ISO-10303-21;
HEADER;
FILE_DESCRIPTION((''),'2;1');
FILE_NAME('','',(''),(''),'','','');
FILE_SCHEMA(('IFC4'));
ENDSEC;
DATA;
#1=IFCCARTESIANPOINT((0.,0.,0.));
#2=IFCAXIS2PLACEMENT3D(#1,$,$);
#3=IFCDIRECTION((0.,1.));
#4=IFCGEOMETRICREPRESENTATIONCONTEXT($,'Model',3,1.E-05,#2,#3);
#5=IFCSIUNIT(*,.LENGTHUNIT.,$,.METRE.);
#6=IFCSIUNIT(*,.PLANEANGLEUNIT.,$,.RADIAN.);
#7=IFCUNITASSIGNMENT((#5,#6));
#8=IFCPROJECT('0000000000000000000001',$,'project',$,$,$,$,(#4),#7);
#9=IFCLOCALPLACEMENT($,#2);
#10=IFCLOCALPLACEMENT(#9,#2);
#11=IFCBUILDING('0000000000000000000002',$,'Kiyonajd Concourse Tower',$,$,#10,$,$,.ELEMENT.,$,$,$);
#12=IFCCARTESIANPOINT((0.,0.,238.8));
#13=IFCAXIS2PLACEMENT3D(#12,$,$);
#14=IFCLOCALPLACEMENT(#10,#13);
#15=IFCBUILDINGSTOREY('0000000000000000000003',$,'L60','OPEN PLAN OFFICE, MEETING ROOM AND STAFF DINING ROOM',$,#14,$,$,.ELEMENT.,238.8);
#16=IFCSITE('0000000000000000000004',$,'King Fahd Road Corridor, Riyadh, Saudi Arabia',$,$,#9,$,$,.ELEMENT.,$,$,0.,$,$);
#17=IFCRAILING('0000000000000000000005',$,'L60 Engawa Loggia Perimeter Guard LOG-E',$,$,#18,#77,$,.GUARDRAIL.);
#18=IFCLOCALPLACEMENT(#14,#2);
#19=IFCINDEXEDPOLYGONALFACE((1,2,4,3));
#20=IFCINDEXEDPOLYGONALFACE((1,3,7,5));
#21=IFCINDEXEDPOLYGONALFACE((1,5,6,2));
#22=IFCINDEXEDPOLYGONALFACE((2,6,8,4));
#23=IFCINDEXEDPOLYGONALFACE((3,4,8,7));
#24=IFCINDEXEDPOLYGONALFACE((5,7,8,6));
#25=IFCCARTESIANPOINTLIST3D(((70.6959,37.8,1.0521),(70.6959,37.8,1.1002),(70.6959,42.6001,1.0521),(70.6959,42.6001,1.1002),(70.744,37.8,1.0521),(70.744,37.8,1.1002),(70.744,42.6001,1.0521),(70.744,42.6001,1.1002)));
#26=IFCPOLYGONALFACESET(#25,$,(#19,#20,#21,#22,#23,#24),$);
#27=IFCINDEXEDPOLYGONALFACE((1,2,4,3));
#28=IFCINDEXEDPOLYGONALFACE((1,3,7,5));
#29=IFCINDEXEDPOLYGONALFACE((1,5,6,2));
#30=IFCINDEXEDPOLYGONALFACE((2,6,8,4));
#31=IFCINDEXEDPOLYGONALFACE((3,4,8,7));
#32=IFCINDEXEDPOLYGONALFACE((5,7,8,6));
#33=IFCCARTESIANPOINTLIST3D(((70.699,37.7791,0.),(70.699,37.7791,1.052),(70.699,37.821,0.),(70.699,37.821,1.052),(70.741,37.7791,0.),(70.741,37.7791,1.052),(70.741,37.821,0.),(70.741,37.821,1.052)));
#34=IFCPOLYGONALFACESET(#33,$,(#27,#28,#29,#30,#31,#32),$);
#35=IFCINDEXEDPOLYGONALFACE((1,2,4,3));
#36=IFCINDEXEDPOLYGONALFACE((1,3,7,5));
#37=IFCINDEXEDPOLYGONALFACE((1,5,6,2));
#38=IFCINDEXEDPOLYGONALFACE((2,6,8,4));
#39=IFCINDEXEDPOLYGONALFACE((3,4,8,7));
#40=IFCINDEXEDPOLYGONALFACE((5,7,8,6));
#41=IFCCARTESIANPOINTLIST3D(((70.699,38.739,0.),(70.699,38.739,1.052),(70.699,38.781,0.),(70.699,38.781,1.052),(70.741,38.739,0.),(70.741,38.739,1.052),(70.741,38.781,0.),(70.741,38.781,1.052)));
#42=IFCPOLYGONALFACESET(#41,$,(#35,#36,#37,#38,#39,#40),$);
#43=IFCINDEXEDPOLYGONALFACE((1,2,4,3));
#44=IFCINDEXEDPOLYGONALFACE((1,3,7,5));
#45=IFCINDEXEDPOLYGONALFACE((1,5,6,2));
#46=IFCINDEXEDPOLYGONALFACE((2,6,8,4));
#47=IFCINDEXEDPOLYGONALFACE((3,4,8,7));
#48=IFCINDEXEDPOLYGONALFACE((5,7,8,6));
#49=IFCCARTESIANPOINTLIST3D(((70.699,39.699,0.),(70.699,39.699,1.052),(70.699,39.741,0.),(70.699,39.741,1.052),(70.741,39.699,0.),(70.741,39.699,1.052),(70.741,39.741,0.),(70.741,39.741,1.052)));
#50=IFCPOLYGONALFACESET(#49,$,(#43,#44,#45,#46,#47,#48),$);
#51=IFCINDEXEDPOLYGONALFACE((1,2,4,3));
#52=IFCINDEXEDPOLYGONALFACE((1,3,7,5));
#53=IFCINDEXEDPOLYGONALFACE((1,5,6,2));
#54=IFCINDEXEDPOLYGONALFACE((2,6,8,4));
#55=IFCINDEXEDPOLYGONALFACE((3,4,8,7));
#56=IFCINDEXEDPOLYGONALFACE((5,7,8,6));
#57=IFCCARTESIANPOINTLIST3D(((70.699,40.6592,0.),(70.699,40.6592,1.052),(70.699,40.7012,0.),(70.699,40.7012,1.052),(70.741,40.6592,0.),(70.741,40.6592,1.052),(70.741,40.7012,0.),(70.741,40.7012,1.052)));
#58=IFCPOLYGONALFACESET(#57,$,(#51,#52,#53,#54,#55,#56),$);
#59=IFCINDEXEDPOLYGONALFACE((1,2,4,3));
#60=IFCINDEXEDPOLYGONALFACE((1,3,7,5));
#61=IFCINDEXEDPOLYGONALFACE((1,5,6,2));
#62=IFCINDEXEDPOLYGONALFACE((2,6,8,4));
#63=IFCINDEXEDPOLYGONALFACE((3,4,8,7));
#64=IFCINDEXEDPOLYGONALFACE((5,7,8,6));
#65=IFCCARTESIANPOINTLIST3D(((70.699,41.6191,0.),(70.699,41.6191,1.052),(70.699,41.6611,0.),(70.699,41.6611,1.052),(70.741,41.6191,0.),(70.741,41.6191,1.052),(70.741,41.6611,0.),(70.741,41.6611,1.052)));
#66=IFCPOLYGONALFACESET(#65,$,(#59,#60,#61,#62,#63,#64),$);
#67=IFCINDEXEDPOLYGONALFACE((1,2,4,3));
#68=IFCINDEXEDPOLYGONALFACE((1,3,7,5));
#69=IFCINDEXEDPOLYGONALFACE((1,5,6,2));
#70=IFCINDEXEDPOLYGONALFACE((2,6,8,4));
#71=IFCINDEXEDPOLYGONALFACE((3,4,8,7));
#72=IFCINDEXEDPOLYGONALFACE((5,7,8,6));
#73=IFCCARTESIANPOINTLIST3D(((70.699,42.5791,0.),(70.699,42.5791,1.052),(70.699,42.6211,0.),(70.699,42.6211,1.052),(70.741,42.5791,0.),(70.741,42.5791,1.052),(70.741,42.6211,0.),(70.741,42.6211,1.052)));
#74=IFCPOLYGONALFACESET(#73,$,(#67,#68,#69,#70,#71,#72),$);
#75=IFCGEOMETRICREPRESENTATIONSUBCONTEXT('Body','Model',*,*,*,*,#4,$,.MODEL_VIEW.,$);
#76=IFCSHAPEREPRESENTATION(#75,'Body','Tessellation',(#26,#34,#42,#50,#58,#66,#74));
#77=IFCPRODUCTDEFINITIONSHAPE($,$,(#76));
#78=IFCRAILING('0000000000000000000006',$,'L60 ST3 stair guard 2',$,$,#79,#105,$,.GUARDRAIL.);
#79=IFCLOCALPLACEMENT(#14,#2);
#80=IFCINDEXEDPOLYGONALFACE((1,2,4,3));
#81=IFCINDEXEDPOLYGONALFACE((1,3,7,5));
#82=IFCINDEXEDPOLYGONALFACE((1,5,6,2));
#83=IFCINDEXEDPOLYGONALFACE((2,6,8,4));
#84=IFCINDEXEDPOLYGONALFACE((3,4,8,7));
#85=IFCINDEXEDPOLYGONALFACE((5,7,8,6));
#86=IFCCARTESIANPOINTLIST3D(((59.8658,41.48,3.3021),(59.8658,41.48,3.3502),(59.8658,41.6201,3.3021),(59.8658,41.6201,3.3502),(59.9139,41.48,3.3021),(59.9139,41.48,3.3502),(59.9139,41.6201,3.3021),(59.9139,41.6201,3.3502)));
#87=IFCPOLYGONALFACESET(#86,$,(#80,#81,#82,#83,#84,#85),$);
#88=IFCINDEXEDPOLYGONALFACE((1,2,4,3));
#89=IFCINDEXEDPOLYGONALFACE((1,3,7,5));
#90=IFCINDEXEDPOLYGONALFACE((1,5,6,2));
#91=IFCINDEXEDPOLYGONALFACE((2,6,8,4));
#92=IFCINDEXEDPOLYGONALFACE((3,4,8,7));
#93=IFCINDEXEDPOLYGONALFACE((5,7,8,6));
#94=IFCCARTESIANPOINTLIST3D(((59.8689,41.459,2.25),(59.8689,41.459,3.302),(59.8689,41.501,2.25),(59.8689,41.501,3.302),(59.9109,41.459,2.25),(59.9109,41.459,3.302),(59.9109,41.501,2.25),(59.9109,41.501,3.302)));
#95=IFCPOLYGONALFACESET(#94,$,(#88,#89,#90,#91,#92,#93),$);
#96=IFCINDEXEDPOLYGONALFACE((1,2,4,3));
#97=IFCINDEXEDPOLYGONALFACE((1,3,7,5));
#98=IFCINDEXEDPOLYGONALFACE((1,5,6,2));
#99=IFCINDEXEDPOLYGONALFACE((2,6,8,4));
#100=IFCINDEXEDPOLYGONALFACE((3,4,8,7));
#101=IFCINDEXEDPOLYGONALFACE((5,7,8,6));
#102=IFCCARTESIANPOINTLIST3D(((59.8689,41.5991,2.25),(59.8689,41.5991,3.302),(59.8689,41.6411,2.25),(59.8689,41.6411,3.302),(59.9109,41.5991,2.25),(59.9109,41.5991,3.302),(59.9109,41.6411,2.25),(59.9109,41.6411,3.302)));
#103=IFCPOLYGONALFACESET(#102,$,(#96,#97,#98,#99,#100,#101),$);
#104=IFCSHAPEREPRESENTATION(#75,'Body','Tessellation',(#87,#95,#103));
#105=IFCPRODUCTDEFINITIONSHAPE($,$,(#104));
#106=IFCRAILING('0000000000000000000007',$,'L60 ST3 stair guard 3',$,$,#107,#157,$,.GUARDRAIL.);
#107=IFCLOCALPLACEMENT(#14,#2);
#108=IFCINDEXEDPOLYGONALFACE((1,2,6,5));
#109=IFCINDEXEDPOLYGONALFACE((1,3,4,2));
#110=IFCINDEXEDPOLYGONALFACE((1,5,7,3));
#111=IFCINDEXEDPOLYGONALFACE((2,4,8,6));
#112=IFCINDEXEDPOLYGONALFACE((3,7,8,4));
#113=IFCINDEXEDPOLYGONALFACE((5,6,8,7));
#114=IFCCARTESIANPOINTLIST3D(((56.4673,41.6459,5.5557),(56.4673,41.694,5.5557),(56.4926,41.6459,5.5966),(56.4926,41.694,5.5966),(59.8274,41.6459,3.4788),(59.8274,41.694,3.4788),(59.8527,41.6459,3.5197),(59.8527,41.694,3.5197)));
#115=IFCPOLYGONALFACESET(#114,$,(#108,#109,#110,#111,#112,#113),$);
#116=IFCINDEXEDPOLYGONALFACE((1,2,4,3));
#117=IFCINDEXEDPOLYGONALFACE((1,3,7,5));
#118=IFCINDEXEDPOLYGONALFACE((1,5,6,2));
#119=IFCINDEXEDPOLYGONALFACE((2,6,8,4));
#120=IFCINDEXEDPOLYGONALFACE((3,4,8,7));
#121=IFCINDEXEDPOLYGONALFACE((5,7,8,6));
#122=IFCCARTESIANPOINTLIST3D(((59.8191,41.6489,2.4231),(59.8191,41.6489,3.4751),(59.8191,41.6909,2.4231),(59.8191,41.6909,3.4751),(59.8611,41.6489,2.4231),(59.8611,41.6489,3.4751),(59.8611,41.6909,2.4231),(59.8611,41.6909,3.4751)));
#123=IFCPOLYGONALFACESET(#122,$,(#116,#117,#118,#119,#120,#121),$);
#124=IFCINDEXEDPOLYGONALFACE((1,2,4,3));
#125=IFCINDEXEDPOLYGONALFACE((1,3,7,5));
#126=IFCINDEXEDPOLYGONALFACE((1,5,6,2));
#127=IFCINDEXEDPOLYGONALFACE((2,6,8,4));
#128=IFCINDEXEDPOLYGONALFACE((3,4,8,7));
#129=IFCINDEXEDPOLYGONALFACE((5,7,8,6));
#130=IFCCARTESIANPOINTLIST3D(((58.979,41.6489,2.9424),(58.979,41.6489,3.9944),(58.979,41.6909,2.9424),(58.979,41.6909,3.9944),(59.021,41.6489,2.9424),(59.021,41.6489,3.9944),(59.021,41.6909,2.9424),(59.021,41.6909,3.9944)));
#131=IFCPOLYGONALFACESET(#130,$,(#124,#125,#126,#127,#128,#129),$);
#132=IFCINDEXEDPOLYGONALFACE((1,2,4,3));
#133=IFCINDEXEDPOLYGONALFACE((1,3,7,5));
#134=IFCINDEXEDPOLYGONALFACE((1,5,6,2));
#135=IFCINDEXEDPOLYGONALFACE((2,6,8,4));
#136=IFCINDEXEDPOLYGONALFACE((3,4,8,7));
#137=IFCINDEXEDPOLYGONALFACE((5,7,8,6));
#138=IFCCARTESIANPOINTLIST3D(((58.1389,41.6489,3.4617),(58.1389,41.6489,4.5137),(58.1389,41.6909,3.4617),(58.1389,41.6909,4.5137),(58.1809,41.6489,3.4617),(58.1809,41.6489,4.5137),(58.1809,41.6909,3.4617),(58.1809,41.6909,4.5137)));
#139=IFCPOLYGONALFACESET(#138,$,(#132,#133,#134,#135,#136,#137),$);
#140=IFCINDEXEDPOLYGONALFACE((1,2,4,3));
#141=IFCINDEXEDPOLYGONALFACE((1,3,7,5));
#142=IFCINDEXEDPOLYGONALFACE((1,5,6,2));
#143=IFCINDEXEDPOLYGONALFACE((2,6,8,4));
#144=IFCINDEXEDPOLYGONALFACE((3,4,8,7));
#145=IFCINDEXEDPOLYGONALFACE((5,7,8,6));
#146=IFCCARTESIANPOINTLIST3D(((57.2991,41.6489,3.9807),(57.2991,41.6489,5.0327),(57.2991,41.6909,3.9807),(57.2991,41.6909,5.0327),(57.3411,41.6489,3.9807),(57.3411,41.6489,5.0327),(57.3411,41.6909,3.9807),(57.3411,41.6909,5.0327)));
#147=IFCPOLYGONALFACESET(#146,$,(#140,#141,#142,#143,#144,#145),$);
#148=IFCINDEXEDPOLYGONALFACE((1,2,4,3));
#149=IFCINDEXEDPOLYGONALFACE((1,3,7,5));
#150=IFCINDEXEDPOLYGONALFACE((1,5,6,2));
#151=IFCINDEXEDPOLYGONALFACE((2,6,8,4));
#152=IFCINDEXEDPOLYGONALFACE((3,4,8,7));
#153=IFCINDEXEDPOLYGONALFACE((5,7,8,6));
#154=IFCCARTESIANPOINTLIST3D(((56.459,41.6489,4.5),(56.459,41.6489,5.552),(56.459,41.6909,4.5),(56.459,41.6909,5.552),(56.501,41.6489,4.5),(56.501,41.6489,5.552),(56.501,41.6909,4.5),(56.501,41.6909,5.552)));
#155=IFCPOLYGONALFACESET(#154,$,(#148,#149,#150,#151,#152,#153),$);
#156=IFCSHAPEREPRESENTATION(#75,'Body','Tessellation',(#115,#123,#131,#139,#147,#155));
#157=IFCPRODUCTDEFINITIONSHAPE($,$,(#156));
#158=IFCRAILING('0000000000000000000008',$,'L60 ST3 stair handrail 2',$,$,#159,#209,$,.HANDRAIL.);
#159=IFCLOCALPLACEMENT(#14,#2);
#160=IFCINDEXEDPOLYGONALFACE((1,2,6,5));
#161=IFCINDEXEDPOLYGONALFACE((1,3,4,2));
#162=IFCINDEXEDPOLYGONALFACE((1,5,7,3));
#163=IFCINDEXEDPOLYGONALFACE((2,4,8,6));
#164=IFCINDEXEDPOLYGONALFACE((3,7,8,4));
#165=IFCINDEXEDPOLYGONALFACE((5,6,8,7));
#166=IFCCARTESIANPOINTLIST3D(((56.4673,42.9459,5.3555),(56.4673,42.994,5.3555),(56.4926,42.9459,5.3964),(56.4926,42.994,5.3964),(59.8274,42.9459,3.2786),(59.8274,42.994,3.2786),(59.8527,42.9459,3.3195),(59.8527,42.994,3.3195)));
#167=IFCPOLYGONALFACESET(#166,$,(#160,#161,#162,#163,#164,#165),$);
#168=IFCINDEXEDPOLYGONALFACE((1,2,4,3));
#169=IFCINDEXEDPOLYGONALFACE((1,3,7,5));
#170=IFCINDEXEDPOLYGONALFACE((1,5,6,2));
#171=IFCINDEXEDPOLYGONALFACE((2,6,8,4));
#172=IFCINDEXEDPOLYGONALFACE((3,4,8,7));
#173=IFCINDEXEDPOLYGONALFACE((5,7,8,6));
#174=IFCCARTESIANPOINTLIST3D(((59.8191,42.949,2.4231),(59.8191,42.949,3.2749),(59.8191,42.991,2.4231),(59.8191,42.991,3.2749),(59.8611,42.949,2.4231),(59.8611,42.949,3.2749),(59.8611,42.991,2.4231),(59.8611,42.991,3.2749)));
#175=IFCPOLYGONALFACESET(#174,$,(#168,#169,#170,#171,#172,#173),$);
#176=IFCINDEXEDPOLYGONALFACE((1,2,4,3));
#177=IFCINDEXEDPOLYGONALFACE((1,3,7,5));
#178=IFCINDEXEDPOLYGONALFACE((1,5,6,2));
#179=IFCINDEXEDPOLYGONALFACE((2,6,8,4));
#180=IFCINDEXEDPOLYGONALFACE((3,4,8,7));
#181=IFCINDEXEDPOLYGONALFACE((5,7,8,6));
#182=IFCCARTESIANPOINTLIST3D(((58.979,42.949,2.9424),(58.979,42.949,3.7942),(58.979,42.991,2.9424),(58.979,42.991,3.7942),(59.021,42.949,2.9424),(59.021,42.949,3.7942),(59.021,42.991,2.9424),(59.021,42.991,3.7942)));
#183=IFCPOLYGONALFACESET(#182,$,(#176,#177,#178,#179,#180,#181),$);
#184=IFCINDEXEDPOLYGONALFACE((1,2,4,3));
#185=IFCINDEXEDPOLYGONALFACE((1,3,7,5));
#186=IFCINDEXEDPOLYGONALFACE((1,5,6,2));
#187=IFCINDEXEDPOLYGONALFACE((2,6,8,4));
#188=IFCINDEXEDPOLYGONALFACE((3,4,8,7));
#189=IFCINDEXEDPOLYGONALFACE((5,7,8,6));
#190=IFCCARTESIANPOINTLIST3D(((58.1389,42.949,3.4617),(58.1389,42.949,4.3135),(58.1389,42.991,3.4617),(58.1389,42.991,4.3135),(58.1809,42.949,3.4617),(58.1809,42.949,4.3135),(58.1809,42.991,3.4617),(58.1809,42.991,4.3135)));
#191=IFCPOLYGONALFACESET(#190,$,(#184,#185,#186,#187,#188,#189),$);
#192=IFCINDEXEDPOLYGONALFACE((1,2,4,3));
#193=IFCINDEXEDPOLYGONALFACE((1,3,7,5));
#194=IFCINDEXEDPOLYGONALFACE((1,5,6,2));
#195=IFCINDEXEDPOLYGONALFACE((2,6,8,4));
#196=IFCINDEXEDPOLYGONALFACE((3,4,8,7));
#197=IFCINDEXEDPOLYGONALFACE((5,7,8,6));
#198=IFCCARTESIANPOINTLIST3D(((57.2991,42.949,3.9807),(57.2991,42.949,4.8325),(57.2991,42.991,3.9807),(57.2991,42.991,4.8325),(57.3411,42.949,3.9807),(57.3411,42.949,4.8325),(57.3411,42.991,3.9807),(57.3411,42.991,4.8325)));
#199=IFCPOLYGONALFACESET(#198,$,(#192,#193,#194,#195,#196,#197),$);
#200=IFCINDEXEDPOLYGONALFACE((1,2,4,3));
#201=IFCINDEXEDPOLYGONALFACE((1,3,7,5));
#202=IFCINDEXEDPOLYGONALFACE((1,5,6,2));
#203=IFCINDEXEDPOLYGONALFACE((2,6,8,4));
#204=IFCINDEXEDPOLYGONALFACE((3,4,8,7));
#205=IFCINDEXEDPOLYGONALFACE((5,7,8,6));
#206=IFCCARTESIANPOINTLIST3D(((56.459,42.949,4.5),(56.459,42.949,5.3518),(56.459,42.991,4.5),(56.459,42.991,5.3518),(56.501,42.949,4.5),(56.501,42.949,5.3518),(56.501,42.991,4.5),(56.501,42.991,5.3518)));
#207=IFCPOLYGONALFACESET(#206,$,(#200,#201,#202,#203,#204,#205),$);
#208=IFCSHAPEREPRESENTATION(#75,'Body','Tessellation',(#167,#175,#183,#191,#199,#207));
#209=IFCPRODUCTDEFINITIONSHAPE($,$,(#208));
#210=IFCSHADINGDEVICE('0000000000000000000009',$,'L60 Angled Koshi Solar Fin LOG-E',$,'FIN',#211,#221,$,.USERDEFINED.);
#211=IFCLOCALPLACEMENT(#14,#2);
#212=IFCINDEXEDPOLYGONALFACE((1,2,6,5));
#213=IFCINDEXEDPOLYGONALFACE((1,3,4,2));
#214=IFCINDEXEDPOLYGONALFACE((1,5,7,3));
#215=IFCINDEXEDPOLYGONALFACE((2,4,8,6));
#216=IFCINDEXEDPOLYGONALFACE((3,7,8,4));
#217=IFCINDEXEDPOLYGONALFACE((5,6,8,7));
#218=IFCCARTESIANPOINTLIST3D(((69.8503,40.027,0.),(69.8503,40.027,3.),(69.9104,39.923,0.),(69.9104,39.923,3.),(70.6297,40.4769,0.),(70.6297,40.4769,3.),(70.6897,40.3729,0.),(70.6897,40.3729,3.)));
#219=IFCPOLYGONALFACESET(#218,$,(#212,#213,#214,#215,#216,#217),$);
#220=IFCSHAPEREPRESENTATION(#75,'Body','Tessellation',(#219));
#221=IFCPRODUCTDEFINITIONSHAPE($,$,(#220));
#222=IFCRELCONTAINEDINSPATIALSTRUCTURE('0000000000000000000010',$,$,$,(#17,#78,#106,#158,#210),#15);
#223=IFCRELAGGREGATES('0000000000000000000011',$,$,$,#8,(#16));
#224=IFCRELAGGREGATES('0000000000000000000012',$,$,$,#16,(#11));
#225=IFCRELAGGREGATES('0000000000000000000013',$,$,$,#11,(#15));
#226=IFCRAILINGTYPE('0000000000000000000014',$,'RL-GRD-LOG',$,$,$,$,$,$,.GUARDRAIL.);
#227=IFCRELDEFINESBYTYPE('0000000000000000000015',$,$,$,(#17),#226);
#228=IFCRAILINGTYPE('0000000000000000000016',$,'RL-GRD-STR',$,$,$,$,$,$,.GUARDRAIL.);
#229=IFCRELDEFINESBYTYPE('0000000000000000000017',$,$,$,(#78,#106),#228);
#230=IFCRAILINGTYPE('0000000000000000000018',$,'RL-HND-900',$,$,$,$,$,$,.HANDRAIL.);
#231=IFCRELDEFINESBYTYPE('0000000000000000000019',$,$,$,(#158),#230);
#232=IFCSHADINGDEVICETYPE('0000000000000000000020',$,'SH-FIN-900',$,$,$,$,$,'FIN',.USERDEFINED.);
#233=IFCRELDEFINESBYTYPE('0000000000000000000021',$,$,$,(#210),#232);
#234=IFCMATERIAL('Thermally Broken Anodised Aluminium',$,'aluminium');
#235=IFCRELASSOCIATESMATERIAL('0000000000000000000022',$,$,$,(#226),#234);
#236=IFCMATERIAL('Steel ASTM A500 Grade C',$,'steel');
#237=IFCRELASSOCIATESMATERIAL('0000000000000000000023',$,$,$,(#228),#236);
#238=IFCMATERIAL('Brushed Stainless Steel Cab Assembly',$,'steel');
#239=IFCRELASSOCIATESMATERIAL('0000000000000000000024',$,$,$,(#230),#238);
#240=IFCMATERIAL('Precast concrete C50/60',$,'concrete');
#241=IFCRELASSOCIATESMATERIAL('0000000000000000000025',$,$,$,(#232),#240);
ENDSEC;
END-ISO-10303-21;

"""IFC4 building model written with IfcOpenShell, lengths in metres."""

from ifc_helpers import new_model, si_unit, direction, frame, origin, origin_2d, place, context, subcontext, project, spatial, rectangle, extrude, material, type_object, element, save


model = new_model("IFC4")

# Units and contexts
model_context = context("Model", 3, precision=1e-05, world=origin(), true_north=direction((0.0, 1.0)))
body_context = subcontext(model_context, "Body", "Model", "MODEL_VIEW")
ifc_project = project(units=[si_unit("LENGTHUNIT", "METRE"), si_unit("PLANEANGLEUNIT", "RADIAN")], contexts=[model_context])

# Site, building, storey
site_placement = place(None, origin())
site = spatial("IfcSite", under=ifc_project, at=site_placement, Name="King Fahd Road Corridor, Riyadh, Saudi Arabia", CompositionType="ELEMENT", RefElevation=0.0)
building_placement = place(site_placement, origin())
building = spatial("IfcBuilding", under=site, at=building_placement, Name="Kiyonajd Concourse Tower", CompositionType="ELEMENT")
storey_placement = place(building_placement, frame((0.0, 0.0, 238.8)))
storey = spatial("IfcBuildingStorey", under=building, at=storey_placement, Name="L60", Description="OPEN PLAN OFFICE, MEETING ROOM AND STAFF DINING ROOM", CompositionType="ELEMENT", Elevation=238.8)

# Shared definitions
ifc_material_1 = material(Name="Thermally Broken Anodised Aluminium", Category="aluminium")

# Shared definitions
ifc_material_2 = material(Name="Precast concrete C50/60", Category="concrete")

# Shared definitions
ifc_material_3 = material(Name="Brushed Stainless Steel Cab Assembly", Category="steel")

# Railings
railing_type_1 = type_object("IfcRailingType", Name="RL-GRD-LOG", PredefinedType="GUARDRAIL", material=ifc_material_1)
railing_1_placement = place(storey_placement, frame((70.72, 37.8, 0.0)))
element("IfcRailing", 1, at=railing_1_placement, inside=storey, type_object=railing_type_1, Name="L60 Engawa Loggia Perimeter Guard LOG-E", PredefinedType="GUARDRAIL", context=body_context, shape_type="SweptSolid", body=[
    extrude(rectangle(XDim=0.0481, YDim=0.0481, at=origin_2d()), frame((0.0, 0.0, 1.0762), z_axis=(0.0, 1.0, 0.0), x_axis=(-1.0, 0.0, 0.0)), (0.0, 0.0, 1.0), 4.8),
    extrude(rectangle(XDim=0.042, YDim=0.042, at=origin_2d()), origin(), (0.0, 0.0, 1.0), 1.052),
    extrude(rectangle(XDim=0.042, YDim=0.042, at=origin_2d()), frame((0.0, 0.96, 0.0)), (0.0, 0.0, 1.0), 1.052),
    extrude(rectangle(XDim=0.042, YDim=0.042, at=origin_2d()), frame((0.0, 1.9199, 0.0)), (0.0, 0.0, 1.0), 1.052),
    extrude(rectangle(XDim=0.042, YDim=0.042, at=origin_2d()), frame((0.0, 2.8801, 0.0)), (0.0, 0.0, 1.0), 1.052),
    extrude(rectangle(XDim=0.042, YDim=0.042, at=origin_2d()), frame((0.0, 3.8401, 0.0)), (0.0, 0.0, 1.0), 1.052),
    extrude(rectangle(XDim=0.042, YDim=0.042, at=origin_2d()), frame((0.0, 4.8, 0.0)), (0.0, 0.0, 1.0), 1.052),
])
ifc_material_4 = material(Name="Steel ASTM A500 Grade C", Category="steel")
railing_type_2 = type_object("IfcRailingType", Name="RL-GRD-STR", PredefinedType="GUARDRAIL", material=ifc_material_4)
railing_2_placement = place(storey_placement, frame((59.8899, 41.48, 2.25)))
element("IfcRailing", 2, at=railing_2_placement, inside=storey, type_object=railing_type_2, Name="L60 ST3 stair guard 2", PredefinedType="GUARDRAIL", context=body_context, shape_type="SweptSolid", body=[
    extrude(rectangle(XDim=0.0481, YDim=0.0481, at=origin_2d()), frame((0.0, 0.0, 1.0762), z_axis=(0.0, 1.0, 0.0), x_axis=(-1.0, 0.0, 0.0)), (0.0, 0.0, 1.0), 0.1401),
    extrude(rectangle(XDim=0.042, YDim=0.042, at=origin_2d()), origin(), (0.0, 0.0, 1.0), 1.052),
    extrude(rectangle(XDim=0.042, YDim=0.042, at=origin_2d()), frame((0.0, 0.1401, 0.0)), (0.0, 0.0, 1.0), 1.052),
])
railing_3_placement = place(storey_placement, frame((59.8401, 41.6699, 2.4231)))
element("IfcRailing", 3, at=railing_3_placement, inside=storey, type_object=railing_type_2, Name="L60 ST3 stair guard 3", PredefinedType="GUARDRAIL", context=body_context, shape_type="SweptSolid", body=[
    extrude(rectangle(XDim=0.0481, YDim=0.0481, at=origin_2d()), frame((0.0, 0.0, 1.0762), z_axis=(-0.850623, 0.0, 0.525776), x_axis=(0.0, -1.0, 0.0)), (0.0, 0.0, 1.0), 3.9502),
    extrude(rectangle(XDim=0.042, YDim=0.042, at=origin_2d()), origin(), (0.0, 0.0, 1.0), 1.052),
    extrude(rectangle(XDim=0.042, YDim=0.042, at=origin_2d()), frame((-0.8401, 0.0, 0.5193)), (0.0, 0.0, 1.0), 1.052),
    extrude(rectangle(XDim=0.042, YDim=0.042, at=origin_2d()), frame((-1.6802, 0.0, 1.0386)), (0.0, 0.0, 1.0), 1.052),
    extrude(rectangle(XDim=0.042, YDim=0.042, at=origin_2d()), frame((-2.52, 0.0, 1.5576)), (0.0, 0.0, 1.0), 1.052),
    extrude(rectangle(XDim=0.042, YDim=0.042, at=origin_2d()), frame((-3.3601, 0.0, 2.0769)), (0.0, 0.0, 1.0), 1.052),
])
railing_type_3 = type_object("IfcRailingType", Name="RL-HND-900", PredefinedType="HANDRAIL", material=ifc_material_3)
railing_4_placement = place(storey_placement, frame((59.8401, 42.97, 2.4231)))
element("IfcRailing", 4, at=railing_4_placement, inside=storey, type_object=railing_type_3, Name="L60 ST3 stair handrail 2", PredefinedType="HANDRAIL", context=body_context, shape_type="SweptSolid", body=[
    extrude(rectangle(XDim=0.0481, YDim=0.0481, at=origin_2d()), frame((0.0, 0.0, 0.876), z_axis=(-0.850623, 0.0, 0.525776), x_axis=(0.0, -1.0, 0.0)), (0.0, 0.0, 1.0), 3.9502),
    extrude(rectangle(XDim=0.042, YDim=0.042, at=origin_2d()), origin(), (0.0, 0.0, 1.0), 0.8518),
    extrude(rectangle(XDim=0.042, YDim=0.042, at=origin_2d()), frame((-0.8401, 0.0, 0.5193)), (0.0, 0.0, 1.0), 0.8518),
    extrude(rectangle(XDim=0.042, YDim=0.042, at=origin_2d()), frame((-1.6802, 0.0, 1.0386)), (0.0, 0.0, 1.0), 0.8518),
    extrude(rectangle(XDim=0.042, YDim=0.042, at=origin_2d()), frame((-2.52, 0.0, 1.5576)), (0.0, 0.0, 1.0), 0.8518),
    extrude(rectangle(XDim=0.042, YDim=0.042, at=origin_2d()), frame((-3.3601, 0.0, 2.0769)), (0.0, 0.0, 1.0), 0.8518),
])

# Shading device
shading_device_type_1 = type_object("IfcShadingDeviceType", Name="SH-FIN-900", ElementType="FIN", PredefinedType="USERDEFINED", material=ifc_material_2)
shading_device_1_placement = place(storey_placement, frame((70.27, 40.2, 0.0), z_axis=(0.0, 0.0, 1.0), x_axis=(0.866025, 0.5, 0.0)))
element("IfcShadingDevice", 5, at=shading_device_1_placement, inside=storey, type_object=shading_device_type_1, Name="L60 Angled Koshi Solar Fin LOG-E", ObjectType="FIN", PredefinedType="USERDEFINED", context=body_context, shape_type="SweptSolid", body=[
    extrude(rectangle(XDim=0.8999, YDim=0.1201, at=origin_2d()), origin(), (0.0, 0.0, 1.0), 3.0),
])

save(model, "model.ifc")
